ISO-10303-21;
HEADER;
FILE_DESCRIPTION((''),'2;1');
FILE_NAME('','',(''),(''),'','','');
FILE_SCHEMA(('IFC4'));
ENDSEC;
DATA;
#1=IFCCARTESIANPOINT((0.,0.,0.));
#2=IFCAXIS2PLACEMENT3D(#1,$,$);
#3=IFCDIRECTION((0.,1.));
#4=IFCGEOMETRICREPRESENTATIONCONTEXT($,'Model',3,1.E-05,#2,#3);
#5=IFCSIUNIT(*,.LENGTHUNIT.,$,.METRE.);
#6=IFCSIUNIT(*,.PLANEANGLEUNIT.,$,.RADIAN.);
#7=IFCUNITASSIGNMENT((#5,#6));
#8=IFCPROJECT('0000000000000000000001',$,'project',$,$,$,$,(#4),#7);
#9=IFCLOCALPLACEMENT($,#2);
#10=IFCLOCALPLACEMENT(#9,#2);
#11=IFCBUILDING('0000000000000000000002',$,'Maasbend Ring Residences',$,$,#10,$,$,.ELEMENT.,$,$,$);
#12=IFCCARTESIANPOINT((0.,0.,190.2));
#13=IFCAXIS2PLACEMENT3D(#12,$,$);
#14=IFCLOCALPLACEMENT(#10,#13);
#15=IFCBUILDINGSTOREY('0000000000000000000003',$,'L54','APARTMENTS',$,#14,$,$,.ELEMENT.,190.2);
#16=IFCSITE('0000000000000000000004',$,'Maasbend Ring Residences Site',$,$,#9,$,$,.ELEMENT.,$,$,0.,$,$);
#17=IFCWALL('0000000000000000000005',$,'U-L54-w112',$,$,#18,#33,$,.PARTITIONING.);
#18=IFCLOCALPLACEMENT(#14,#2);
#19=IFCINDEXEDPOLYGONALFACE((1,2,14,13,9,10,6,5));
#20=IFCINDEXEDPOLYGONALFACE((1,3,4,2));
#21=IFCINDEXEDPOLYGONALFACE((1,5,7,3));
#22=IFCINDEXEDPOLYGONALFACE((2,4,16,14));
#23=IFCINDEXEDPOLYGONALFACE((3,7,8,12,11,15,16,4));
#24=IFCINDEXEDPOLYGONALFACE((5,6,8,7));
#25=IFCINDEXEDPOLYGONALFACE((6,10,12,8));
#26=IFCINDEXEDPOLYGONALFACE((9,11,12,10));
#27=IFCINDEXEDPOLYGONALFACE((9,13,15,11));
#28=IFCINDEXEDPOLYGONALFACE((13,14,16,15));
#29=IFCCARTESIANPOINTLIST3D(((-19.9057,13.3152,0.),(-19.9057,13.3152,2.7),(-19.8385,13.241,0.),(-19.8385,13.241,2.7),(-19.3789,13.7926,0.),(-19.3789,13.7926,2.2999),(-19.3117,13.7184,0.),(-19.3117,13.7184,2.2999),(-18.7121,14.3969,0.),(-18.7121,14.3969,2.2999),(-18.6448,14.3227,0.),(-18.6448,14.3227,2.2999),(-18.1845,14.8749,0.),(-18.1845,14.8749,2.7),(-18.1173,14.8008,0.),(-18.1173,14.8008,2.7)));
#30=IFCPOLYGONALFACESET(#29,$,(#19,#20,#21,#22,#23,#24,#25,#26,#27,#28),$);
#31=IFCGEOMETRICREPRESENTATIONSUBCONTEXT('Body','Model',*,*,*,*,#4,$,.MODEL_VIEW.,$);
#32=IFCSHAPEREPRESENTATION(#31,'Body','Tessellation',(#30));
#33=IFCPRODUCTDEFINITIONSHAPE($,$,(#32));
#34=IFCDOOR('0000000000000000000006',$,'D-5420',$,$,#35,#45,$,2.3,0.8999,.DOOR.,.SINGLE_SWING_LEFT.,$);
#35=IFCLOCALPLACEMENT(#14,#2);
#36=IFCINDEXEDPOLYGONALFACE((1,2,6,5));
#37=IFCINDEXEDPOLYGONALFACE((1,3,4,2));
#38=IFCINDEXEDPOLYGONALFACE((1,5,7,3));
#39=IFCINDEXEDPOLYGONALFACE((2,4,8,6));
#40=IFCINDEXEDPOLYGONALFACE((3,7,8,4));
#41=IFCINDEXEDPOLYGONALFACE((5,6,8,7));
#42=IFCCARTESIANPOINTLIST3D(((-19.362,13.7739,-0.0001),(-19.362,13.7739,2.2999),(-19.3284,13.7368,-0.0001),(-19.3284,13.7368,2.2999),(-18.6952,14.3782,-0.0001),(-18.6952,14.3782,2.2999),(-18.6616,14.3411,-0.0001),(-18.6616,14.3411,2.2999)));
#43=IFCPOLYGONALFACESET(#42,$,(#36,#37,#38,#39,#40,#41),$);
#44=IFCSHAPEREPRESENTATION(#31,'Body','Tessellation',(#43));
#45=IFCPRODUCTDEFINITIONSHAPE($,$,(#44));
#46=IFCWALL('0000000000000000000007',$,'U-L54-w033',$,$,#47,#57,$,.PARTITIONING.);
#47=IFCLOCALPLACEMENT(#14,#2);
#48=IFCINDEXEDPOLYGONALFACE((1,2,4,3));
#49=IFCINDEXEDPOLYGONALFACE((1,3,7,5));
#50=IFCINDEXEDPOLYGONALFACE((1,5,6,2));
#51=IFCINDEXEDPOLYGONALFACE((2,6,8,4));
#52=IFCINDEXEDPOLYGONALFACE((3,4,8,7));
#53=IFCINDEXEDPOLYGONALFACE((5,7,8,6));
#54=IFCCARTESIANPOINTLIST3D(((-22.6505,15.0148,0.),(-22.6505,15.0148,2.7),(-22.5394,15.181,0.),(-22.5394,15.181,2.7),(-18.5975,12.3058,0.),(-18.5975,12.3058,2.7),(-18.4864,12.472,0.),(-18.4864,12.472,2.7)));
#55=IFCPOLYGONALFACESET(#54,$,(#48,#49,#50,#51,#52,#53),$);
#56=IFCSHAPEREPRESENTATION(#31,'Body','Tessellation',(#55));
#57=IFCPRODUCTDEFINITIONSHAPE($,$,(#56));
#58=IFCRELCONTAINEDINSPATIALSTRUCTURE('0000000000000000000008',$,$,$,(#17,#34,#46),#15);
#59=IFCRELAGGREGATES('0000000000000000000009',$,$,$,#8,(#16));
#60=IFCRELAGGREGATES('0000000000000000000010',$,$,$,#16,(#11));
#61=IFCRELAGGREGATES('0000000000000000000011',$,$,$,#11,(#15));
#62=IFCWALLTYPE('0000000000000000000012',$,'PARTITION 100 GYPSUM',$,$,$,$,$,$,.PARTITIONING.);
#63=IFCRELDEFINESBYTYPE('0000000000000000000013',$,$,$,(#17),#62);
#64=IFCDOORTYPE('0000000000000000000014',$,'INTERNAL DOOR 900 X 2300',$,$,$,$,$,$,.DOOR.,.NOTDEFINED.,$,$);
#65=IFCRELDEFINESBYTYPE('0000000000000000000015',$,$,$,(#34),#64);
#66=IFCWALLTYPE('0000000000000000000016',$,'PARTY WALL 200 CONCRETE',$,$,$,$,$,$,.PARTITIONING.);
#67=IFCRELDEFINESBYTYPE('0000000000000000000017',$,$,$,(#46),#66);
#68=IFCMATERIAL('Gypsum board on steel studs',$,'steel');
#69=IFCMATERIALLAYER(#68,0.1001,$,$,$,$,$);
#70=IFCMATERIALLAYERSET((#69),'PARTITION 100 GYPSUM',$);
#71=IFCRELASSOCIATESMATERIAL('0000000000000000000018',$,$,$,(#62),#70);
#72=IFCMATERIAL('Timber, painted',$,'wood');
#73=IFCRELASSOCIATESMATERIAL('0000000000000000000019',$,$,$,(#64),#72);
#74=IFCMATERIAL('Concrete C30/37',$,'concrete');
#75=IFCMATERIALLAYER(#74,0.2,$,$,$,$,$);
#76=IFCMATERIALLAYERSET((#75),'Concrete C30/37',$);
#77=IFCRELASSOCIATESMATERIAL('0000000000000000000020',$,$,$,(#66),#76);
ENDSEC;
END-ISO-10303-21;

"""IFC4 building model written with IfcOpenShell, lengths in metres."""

from ifc_helpers import new_model, si_unit, direction, frame, frame_2d, origin, place, context, subcontext, project, spatial, rectangle, extrude, material, layer, layer_set, type_object, element, fill, save


model = new_model("IFC4")

# Units and contexts
model_context = context("Model", 3, precision=1e-05, world=origin(), true_north=direction((0.0, 1.0)))
body_context = subcontext(model_context, "Body", "Model", "MODEL_VIEW")
ifc_project = project(units=[si_unit("LENGTHUNIT", "METRE"), si_unit("PLANEANGLEUNIT", "RADIAN")], contexts=[model_context])

# Site, building, storey
site_placement = place(None, origin())
site = spatial("IfcSite", under=ifc_project, at=site_placement, Name="Maasbend Ring Residences Site", CompositionType="ELEMENT", RefElevation=0.0)
building_placement = place(site_placement, origin())
building = spatial("IfcBuilding", under=site, at=building_placement, Name="Maasbend Ring Residences", CompositionType="ELEMENT")
storey_placement = place(building_placement, frame((0.0, 0.0, 190.2)))
storey = spatial("IfcBuildingStorey", under=building, at=storey_placement, Name="L54", Description="APARTMENTS", CompositionType="ELEMENT", Elevation=190.2)

# Wall, opening, door
ifc_material_1 = material(Name="Gypsum board on steel studs", Category="steel")
ifc_layer_1 = layer(ifc_material_1, 0.1001)
ifc_layer_set_1 = layer_set([ifc_layer_1], Name="PARTITION 100 GYPSUM")
wall_type_1 = type_object("IfcWallType", Name="PARTITION 100 GYPSUM", PredefinedType="PARTITIONING", material=ifc_layer_set_1)
ifc_material_2 = material(Name="Timber, painted", Category="wood")
door_type_1 = type_object("IfcDoorType", Name="INTERNAL DOOR 900 X 2300", OperationType="NOTDEFINED", PredefinedType="DOOR", material=ifc_material_2)
wall_1_placement = place(storey_placement, frame((-19.8721, 13.2781, 0.0), z_axis=(0.0, 0.0, 1.0), x_axis=(0.74099, 0.671516, 0.0)))
wall_1 = element("IfcWall", 1, at=wall_1_placement, inside=storey, type_object=wall_type_1, Name="U-L54-w112", PredefinedType="PARTITIONING", context=body_context, shape_type="SweptSolid", body=[
    extrude(rectangle(XDim=2.3228, YDim=0.1001, at=frame_2d((1.1614, 0.0))), origin(), (0.0, 0.0, 1.0), 2.7),
])
opening_1_placement = place(wall_1_placement, frame((0.7109, 0.0, 0.0)))
opening_1 = element("IfcOpeningElement", 2, at=opening_1_placement, cuts=wall_1, PredefinedType="OPENING", context=body_context, shape_type="SweptSolid", body=[
    extrude(rectangle(XDim=0.8999, YDim=2.3, at=frame_2d((0.45, 1.1499))), frame((0.0, 0.0601, 0.0), z_axis=(0.0, -1.0, 0.0), x_axis=(1.0, 0.0, 0.0)), (0.0, 0.0, 1.0), 0.1201),
])
door_1_placement = place(opening_1_placement, origin())
door_1 = element("IfcDoor", 3, at=door_1_placement, inside=storey, type_object=door_type_1, Name="D-5420", OperationType="SINGLE_SWING_LEFT", OverallHeight=2.3, OverallWidth=0.8999, PredefinedType="DOOR", context=body_context, shape_type="SweptSolid", body=[
    extrude(rectangle(XDim=0.8999, YDim=2.3, at=frame_2d((0.45, 1.1499))), frame((0.0, 0.0249, 0.0), z_axis=(0.0, -1.0, 0.0), x_axis=(1.0, 0.0, 0.0)), (0.0, 0.0, 1.0), 0.05),
])
fill(opening_1, door_1)

# Wall
ifc_material_3 = material(Name="Concrete C30/37", Category="concrete")
ifc_layer_2 = layer(ifc_material_3, 0.2)
ifc_layer_set_2 = layer_set([ifc_layer_2], Name="Concrete C30/37")
wall_type_2 = type_object("IfcWallType", Name="PARTY WALL 200 CONCRETE", PredefinedType="PARTITIONING", material=ifc_layer_set_2)
wall_2_placement = place(storey_placement, frame((-22.595, 15.0979, 0.0), z_axis=(0.0, 0.0, 1.0), x_axis=(0.831387, -0.555694, 0.0)))
element("IfcWall", 4, at=wall_2_placement, inside=storey, type_object=wall_type_2, Name="U-L54-w033", PredefinedType="PARTITIONING", context=body_context, shape_type="SweptSolid", body=[
    extrude(rectangle(XDim=4.875, YDim=0.2, at=frame_2d((2.4375, 0.0))), origin(), (0.0, 0.0, 1.0), 2.7),
])

save(model, "model.ifc")
